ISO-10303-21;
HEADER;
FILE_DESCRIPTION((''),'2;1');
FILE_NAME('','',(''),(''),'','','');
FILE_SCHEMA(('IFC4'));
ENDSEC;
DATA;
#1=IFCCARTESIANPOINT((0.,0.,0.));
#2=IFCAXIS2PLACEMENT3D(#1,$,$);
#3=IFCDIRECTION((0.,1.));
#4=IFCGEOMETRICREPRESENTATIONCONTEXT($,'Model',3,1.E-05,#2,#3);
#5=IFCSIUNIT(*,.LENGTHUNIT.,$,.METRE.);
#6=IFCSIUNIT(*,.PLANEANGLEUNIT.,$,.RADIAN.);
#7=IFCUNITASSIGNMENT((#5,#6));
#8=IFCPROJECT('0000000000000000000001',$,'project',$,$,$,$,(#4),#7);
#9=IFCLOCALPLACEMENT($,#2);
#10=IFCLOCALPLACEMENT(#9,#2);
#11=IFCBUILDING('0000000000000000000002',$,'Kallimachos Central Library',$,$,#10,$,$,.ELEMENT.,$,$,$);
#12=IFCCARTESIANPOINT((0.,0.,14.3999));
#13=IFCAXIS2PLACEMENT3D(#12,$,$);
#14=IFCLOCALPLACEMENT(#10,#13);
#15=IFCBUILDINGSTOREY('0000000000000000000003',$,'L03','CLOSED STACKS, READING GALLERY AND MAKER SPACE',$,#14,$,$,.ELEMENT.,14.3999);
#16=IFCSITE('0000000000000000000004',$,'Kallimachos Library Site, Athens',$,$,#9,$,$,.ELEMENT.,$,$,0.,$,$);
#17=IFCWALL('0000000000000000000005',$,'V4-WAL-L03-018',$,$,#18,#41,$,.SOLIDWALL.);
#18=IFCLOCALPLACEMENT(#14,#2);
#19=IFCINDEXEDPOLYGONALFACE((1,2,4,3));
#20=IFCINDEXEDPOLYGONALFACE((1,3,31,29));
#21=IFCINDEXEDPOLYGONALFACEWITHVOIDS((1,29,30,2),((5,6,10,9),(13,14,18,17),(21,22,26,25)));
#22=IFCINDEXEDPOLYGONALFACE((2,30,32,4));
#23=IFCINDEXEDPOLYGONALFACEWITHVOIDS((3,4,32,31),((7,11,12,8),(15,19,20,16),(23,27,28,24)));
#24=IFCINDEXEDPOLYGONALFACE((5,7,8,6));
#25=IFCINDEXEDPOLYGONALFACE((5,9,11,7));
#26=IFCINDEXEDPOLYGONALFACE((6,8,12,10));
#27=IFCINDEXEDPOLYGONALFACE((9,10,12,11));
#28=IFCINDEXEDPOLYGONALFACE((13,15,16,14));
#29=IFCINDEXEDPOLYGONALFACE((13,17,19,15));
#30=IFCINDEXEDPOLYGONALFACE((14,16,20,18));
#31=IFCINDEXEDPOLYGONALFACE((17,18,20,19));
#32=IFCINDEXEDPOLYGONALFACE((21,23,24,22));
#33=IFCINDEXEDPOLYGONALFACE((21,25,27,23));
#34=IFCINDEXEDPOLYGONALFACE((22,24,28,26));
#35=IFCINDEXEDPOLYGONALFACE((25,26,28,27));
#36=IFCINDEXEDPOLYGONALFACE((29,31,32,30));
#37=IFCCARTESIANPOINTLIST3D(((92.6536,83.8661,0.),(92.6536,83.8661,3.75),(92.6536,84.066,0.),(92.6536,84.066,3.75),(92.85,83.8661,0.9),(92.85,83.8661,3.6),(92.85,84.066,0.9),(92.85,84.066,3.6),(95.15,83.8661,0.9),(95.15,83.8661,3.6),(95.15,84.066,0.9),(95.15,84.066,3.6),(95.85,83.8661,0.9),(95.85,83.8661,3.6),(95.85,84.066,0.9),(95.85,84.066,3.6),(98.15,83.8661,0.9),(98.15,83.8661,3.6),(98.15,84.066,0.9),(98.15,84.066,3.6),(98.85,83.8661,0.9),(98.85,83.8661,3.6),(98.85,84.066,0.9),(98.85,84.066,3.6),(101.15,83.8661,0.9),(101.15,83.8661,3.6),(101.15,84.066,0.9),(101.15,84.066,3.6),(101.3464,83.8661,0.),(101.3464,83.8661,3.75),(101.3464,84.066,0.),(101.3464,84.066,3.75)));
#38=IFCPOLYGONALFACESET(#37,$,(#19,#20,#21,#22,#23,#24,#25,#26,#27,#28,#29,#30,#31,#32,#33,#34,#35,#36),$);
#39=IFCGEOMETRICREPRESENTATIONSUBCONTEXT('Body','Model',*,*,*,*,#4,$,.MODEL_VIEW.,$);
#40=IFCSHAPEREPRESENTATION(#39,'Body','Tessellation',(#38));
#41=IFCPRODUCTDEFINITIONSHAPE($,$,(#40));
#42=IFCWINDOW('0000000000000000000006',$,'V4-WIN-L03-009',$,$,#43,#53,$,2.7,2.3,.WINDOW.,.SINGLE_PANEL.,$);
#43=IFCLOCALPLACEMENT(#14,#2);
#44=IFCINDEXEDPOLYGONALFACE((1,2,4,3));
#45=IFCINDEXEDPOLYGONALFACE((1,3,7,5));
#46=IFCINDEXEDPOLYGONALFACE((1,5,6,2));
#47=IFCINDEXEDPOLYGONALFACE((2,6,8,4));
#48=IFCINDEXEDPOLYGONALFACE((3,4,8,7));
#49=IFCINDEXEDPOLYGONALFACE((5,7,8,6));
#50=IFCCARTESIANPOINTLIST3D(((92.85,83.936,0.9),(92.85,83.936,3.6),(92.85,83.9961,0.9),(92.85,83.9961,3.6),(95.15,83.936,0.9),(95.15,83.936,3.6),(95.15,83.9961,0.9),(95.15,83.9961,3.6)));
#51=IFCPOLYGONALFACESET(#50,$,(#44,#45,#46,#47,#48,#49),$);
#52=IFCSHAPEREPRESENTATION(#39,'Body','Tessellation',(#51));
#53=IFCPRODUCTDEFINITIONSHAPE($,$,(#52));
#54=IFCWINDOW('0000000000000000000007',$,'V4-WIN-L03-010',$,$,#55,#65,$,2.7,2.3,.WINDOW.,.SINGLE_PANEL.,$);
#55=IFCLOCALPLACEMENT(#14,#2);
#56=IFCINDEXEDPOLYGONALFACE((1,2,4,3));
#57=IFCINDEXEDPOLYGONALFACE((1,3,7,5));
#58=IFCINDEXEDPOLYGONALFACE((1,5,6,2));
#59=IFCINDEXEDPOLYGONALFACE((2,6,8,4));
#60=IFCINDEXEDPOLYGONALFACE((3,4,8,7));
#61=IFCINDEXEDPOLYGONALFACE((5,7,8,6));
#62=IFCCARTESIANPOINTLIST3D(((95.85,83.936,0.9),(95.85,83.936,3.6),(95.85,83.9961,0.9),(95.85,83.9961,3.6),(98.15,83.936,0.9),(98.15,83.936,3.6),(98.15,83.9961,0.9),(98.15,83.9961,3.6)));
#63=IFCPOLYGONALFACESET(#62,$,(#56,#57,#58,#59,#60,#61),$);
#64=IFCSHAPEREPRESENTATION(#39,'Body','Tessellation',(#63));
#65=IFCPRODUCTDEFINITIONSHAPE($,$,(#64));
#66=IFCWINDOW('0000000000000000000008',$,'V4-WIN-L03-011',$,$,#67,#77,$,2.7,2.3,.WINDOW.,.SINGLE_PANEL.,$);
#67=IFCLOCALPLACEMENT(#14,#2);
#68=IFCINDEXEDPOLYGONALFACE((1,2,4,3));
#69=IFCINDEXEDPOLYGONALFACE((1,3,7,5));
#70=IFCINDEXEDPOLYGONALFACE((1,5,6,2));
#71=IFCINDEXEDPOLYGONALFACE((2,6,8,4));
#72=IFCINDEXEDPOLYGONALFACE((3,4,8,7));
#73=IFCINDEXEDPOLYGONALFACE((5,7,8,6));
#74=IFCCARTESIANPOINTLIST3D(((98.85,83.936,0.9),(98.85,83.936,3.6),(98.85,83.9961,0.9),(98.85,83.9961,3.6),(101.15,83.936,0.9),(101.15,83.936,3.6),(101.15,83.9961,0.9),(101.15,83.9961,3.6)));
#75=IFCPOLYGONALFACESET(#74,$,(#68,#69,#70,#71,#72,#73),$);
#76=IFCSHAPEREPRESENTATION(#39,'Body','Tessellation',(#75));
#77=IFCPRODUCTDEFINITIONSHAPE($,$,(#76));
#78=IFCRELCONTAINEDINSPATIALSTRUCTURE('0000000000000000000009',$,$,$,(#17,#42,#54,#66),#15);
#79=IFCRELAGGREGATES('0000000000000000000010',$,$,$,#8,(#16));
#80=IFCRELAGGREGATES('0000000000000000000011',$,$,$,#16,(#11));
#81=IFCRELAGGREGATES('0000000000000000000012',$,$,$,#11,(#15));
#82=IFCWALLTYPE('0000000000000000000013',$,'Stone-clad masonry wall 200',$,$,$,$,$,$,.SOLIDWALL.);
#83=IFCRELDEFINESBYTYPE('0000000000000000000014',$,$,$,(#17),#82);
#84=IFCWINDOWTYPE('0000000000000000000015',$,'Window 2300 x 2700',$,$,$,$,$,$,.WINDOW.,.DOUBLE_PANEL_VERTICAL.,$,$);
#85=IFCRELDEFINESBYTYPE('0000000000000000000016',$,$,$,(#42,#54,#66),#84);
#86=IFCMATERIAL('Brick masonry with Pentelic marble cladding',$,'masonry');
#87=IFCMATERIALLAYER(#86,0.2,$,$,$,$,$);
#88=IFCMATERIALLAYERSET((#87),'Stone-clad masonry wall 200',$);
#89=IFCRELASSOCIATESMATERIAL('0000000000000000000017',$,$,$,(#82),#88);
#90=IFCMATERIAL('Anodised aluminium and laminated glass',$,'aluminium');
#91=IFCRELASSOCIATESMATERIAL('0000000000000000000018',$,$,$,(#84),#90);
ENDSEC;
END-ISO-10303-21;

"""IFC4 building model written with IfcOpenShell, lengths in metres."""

from ifc_helpers import new_model, si_unit, direction, frame, frame_2d, origin, place, context, subcontext, project, spatial, rectangle, extrude, material, layer, layer_set, type_object, element, fill, save


model = new_model("IFC4")

# Units and contexts
model_context = context("Model", 3, precision=1e-05, world=origin(), true_north=direction((0.0, 1.0)))
body_context = subcontext(model_context, "Body", "Model", "MODEL_VIEW")
ifc_project = project(units=[si_unit("LENGTHUNIT", "METRE"), si_unit("PLANEANGLEUNIT", "RADIAN")], contexts=[model_context])

# Site, building, storey
site_placement = place(None, origin())
site = spatial("IfcSite", under=ifc_project, at=site_placement, Name="Kallimachos Library Site, Athens", CompositionType="ELEMENT", RefElevation=0.0)
building_placement = place(site_placement, origin())
building = spatial("IfcBuilding", under=site, at=building_placement, Name="Kallimachos Central Library", CompositionType="ELEMENT")
storey_placement = place(building_placement, frame((0.0, 0.0, 14.3999)))
storey = spatial("IfcBuildingStorey", under=building, at=storey_placement, Name="L03", Description="CLOSED STACKS, READING GALLERY AND MAKER SPACE", CompositionType="ELEMENT", Elevation=14.3999)

# Wall, openings, windows
ifc_material_1 = material(Name="Brick masonry with Pentelic marble cladding", Category="masonry")
ifc_layer_1 = layer(ifc_material_1, 0.2)
ifc_layer_set_1 = layer_set([ifc_layer_1], Name="Stone-clad masonry wall 200")
wall_type_1 = type_object("IfcWallType", Name="Stone-clad masonry wall 200", PredefinedType="SOLIDWALL", material=ifc_layer_set_1)
wall_1_placement = place(storey_placement, frame((92.6536, 83.9661, 0.0), z_axis=(0.0, 0.0, 1.0), x_axis=(1.0, 0.0, 0.0)))
wall_1 = element("IfcWall", 1, at=wall_1_placement, inside=storey, type_object=wall_type_1, Name="V4-WAL-L03-018", PredefinedType="SOLIDWALL", context=body_context, shape_type="SweptSolid", body=[
    extrude(rectangle(XDim=8.6929, YDim=0.2, at=frame_2d((4.3464, 0.0))), origin(), (0.0, 0.0, 1.0), 3.75),
])
opening_1_placement = place(wall_1_placement, frame((0.1965, 0.0, 0.8999)))
opening_1 = element("IfcOpeningElement", 2, at=opening_1_placement, cuts=wall_1, PredefinedType="OPENING", context=body_context, shape_type="SweptSolid", body=[
    extrude(rectangle(XDim=2.3, YDim=2.7, at=frame_2d((1.1499, 1.3501))), frame((0.0, 0.1099, 0.0), z_axis=(0.0, -1.0, 0.0), x_axis=(1.0, 0.0, 0.0)), (0.0, 0.0, 1.0), 0.22),
])
opening_2_placement = place(wall_1_placement, frame((3.1965, 0.0, 0.8999)))
opening_2 = element("IfcOpeningElement", 3, at=opening_2_placement, cuts=wall_1, PredefinedType="OPENING", context=body_context, shape_type="SweptSolid", body=[
    extrude(rectangle(XDim=2.3, YDim=2.7, at=frame_2d((1.1499, 1.3501))), frame((0.0, 0.1099, 0.0), z_axis=(0.0, -1.0, 0.0), x_axis=(1.0, 0.0, 0.0)), (0.0, 0.0, 1.0), 0.22),
])
opening_3_placement = place(wall_1_placement, frame((6.1965, 0.0, 0.8999)))
opening_3 = element("IfcOpeningElement", 4, at=opening_3_placement, cuts=wall_1, PredefinedType="OPENING", context=body_context, shape_type="SweptSolid", body=[
    extrude(rectangle(XDim=2.3, YDim=2.7, at=frame_2d((1.1499, 1.3501))), frame((0.0, 0.1099, 0.0), z_axis=(0.0, -1.0, 0.0), x_axis=(1.0, 0.0, 0.0)), (0.0, 0.0, 1.0), 0.22),
])
ifc_material_2 = material(Name="Anodised aluminium and laminated glass", Category="aluminium")
window_type = type_object("IfcWindowType", Name="Window 2300 x 2700", PartitioningType="DOUBLE_PANEL_VERTICAL", PredefinedType="WINDOW", material=ifc_material_2)
window_1_placement = place(opening_1_placement, origin())
window_1 = element("IfcWindow", 5, at=window_1_placement, inside=storey, type_object=window_type, Name="V4-WIN-L03-009", OverallHeight=2.7, OverallWidth=2.3, PartitioningType="SINGLE_PANEL", PredefinedType="WINDOW", context=body_context, shape_type="SweptSolid", body=[
    extrude(rectangle(XDim=2.3, YDim=2.7, at=frame_2d((1.1499, 1.3501))), frame((0.0, 0.03, 0.0), z_axis=(0.0, -1.0, 0.0), x_axis=(1.0, 0.0, 0.0)), (0.0, 0.0, 1.0), 0.0601),
])
fill(opening_1, window_1)
window_2_placement = place(opening_2_placement, origin())
window_2 = element("IfcWindow", 6, at=window_2_placement, inside=storey, type_object=window_type, Name="V4-WIN-L03-010", OverallHeight=2.7, OverallWidth=2.3, PartitioningType="SINGLE_PANEL", PredefinedType="WINDOW", context=body_context, shape_type="SweptSolid", body=[
    extrude(rectangle(XDim=2.3, YDim=2.7, at=frame_2d((1.1499, 1.3501))), frame((0.0, 0.03, 0.0), z_axis=(0.0, -1.0, 0.0), x_axis=(1.0, 0.0, 0.0)), (0.0, 0.0, 1.0), 0.0601),
])
fill(opening_2, window_2)
window_3_placement = place(opening_3_placement, origin())
window_3 = element("IfcWindow", 7, at=window_3_placement, inside=storey, type_object=window_type, Name="V4-WIN-L03-011", OverallHeight=2.7, OverallWidth=2.3, PartitioningType="SINGLE_PANEL", PredefinedType="WINDOW", context=body_context, shape_type="SweptSolid", body=[
    extrude(rectangle(XDim=2.3, YDim=2.7, at=frame_2d((1.1499, 1.3501))), frame((0.0, 0.03, 0.0), z_axis=(0.0, -1.0, 0.0), x_axis=(1.0, 0.0, 0.0)), (0.0, 0.0, 1.0), 0.0601),
])
fill(opening_3, window_3)

save(model, "model.ifc")
